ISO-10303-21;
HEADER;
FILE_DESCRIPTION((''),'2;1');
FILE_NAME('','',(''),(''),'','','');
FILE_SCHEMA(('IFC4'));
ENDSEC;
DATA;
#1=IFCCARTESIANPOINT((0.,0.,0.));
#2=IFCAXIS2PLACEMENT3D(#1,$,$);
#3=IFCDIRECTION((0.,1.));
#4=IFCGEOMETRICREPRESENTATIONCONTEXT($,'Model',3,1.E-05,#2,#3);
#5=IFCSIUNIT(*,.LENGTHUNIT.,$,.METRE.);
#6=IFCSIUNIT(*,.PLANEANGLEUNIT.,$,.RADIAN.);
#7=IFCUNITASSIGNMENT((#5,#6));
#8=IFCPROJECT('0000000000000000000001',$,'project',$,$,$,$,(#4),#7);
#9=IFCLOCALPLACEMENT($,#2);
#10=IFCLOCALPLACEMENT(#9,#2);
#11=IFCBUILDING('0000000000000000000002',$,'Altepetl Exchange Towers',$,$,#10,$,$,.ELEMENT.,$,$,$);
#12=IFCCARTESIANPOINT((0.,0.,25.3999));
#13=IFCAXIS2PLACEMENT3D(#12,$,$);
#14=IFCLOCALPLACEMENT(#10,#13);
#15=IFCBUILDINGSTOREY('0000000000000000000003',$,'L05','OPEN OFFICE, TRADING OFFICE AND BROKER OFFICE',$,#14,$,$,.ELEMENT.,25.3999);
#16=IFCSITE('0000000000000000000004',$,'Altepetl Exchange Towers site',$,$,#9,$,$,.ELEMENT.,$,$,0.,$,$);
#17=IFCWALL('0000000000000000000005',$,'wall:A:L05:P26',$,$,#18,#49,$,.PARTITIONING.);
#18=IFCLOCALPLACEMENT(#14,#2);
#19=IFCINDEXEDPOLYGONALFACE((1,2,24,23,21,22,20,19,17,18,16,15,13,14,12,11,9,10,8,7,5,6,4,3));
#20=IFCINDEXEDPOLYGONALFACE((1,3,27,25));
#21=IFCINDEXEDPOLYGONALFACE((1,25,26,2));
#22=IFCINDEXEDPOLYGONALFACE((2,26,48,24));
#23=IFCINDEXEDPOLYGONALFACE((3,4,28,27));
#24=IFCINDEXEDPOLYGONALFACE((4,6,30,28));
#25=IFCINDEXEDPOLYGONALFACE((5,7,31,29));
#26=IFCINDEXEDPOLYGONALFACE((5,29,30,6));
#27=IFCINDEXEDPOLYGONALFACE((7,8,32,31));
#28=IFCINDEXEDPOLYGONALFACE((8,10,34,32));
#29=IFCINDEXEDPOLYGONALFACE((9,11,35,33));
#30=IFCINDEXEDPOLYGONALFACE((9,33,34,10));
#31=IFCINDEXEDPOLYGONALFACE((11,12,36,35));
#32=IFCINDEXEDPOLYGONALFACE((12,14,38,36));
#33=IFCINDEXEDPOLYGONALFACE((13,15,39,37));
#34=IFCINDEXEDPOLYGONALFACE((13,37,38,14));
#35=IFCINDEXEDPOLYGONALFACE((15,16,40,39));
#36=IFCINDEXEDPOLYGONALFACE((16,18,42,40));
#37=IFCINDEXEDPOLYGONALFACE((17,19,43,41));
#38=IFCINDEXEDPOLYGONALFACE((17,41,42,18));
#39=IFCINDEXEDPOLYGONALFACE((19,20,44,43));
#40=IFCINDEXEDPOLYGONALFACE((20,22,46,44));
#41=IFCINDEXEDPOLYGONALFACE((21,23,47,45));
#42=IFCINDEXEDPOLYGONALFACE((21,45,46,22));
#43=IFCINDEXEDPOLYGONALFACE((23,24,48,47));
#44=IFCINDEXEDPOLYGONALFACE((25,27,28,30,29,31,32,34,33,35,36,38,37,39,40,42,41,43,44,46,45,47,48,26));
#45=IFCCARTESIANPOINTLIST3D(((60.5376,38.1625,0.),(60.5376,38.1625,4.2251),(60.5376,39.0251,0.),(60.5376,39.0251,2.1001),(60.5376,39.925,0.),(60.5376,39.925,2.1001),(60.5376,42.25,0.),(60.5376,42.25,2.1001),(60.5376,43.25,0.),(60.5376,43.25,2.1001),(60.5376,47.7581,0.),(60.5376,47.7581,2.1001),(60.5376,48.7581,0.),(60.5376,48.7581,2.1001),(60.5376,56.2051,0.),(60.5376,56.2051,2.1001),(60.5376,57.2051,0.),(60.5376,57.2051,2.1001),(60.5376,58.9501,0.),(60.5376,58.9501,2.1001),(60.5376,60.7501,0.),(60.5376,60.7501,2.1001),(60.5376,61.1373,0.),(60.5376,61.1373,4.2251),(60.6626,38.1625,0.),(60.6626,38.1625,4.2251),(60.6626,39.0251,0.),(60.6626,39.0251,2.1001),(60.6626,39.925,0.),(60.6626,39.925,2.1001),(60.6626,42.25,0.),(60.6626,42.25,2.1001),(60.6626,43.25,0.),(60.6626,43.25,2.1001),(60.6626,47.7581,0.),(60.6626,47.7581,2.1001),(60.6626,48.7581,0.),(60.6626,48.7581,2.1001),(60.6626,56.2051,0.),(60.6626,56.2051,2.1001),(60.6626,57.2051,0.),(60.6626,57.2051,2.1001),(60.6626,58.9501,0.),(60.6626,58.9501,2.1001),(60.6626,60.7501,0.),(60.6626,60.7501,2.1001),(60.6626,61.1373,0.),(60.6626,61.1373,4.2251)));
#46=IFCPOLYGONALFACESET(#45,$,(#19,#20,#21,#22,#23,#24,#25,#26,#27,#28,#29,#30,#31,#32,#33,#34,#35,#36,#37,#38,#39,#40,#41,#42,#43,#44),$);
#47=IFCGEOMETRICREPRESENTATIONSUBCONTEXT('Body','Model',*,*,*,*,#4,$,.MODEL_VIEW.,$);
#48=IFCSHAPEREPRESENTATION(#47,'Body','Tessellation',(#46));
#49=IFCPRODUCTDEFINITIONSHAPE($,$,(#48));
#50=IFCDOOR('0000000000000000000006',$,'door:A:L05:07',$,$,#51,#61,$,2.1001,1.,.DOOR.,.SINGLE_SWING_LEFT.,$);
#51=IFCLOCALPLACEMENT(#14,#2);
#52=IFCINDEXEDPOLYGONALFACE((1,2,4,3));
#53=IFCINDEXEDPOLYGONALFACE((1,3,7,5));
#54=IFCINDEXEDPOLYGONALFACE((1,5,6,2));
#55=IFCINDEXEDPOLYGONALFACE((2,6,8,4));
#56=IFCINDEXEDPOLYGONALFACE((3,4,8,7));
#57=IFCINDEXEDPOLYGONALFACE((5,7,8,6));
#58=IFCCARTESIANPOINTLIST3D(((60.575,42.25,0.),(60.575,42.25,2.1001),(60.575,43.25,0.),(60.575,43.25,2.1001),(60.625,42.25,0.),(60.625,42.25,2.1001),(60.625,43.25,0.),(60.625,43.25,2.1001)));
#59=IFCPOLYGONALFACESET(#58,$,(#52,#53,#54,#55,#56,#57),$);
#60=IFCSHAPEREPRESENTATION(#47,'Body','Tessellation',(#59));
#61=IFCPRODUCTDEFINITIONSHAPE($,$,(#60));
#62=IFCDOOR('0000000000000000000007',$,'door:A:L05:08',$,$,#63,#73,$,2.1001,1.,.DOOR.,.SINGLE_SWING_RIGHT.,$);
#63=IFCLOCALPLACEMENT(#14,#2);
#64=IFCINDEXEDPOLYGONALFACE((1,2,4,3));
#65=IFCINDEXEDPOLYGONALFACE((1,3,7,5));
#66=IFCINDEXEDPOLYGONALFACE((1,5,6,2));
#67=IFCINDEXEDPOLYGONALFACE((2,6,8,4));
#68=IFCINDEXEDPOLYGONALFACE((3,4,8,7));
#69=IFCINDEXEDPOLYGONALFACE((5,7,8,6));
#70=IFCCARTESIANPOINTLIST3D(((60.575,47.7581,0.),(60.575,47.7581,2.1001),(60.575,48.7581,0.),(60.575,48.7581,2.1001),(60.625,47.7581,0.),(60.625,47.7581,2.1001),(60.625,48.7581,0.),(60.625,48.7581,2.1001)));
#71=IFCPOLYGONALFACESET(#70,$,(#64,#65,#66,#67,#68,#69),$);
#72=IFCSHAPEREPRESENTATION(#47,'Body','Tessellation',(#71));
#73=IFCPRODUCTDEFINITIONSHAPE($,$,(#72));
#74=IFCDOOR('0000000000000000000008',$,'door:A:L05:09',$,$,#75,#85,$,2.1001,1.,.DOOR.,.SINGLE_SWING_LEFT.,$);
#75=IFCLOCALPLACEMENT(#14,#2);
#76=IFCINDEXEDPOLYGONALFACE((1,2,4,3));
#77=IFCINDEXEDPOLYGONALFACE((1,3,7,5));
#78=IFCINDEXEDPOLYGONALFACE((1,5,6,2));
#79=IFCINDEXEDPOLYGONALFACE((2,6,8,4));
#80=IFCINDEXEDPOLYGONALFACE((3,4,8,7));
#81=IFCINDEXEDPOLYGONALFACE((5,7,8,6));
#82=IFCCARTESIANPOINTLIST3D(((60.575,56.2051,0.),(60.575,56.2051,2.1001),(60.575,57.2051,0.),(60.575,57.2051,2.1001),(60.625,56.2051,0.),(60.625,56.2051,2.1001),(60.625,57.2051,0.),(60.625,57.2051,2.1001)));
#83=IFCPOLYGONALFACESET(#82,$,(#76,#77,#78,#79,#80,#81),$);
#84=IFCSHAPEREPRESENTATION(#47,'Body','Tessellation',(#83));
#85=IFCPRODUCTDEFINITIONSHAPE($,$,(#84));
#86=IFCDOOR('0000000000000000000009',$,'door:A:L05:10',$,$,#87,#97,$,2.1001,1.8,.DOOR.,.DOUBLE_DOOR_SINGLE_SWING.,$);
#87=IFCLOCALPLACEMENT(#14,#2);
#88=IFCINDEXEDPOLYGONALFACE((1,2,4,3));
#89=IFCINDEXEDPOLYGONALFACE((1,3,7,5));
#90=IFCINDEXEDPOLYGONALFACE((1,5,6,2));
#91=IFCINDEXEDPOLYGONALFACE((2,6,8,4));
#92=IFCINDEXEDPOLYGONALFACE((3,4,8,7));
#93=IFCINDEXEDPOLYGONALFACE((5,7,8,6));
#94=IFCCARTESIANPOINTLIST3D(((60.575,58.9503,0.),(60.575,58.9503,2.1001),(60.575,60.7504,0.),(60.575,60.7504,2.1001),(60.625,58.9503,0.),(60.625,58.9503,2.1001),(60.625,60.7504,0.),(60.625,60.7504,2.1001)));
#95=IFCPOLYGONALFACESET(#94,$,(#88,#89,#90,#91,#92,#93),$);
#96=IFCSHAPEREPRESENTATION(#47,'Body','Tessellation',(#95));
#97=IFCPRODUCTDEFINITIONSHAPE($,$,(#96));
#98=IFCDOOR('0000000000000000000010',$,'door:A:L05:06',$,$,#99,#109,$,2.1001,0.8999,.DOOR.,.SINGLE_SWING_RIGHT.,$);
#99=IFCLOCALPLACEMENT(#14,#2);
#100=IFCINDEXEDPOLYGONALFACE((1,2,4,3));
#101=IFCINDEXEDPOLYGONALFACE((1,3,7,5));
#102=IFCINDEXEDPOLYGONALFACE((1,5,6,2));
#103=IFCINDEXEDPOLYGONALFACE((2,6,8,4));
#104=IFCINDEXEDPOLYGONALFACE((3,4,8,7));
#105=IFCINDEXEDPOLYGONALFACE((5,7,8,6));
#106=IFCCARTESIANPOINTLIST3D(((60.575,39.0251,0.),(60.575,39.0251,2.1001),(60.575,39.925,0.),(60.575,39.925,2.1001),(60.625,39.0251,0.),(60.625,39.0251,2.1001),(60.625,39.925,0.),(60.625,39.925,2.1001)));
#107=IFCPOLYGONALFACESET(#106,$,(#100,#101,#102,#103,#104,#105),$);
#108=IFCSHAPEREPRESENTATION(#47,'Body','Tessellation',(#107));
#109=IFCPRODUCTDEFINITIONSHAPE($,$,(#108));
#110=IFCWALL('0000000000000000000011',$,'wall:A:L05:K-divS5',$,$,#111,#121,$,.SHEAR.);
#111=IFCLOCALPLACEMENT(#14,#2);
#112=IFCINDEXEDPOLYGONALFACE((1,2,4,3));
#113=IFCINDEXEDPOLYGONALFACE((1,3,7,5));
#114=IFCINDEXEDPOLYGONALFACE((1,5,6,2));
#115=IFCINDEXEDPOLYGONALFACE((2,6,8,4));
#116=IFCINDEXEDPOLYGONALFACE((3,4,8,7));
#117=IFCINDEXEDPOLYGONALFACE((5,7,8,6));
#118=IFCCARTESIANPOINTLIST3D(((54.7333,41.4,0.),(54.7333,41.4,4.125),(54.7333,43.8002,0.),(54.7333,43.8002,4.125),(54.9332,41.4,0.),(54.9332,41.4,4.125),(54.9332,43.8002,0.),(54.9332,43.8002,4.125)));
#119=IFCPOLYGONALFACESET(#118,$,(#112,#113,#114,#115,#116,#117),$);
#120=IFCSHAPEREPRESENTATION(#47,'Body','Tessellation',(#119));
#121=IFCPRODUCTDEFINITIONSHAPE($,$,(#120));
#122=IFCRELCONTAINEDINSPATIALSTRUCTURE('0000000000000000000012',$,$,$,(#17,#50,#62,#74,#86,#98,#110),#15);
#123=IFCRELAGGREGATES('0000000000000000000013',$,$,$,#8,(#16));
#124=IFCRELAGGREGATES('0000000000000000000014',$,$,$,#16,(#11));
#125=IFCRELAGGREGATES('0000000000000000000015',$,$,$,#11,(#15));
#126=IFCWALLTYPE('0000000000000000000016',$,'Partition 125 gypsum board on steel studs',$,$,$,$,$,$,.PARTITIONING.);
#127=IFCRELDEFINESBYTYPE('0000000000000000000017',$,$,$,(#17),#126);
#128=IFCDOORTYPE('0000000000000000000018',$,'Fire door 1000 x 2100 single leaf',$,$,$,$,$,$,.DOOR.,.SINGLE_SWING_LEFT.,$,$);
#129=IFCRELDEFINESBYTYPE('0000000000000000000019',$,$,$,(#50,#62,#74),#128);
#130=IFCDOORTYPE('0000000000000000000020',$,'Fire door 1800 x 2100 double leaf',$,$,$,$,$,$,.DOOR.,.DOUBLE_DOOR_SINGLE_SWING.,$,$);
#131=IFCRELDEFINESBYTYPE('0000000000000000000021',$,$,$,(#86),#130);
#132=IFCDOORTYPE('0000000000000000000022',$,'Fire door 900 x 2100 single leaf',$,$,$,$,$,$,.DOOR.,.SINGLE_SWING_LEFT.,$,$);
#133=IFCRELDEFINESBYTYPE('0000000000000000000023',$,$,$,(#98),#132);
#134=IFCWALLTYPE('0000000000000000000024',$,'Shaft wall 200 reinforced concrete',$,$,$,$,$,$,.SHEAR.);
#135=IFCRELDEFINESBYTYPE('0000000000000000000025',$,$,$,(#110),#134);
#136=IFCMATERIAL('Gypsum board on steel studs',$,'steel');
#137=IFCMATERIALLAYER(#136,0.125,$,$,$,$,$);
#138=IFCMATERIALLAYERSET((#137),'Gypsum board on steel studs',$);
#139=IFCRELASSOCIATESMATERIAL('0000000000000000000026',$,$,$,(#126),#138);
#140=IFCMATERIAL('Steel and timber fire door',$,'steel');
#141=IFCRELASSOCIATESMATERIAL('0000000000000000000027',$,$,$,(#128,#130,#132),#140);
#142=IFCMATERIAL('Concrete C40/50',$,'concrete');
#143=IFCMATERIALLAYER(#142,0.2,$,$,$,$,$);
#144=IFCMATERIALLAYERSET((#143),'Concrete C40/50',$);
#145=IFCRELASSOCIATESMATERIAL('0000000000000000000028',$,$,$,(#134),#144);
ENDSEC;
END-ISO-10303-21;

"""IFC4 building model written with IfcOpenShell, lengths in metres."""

from ifc_helpers import new_model, si_unit, direction, frame, frame_2d, origin, place, context, subcontext, project, spatial, rectangle, extrude, material, layer, layer_set, type_object, element, fill, save


model = new_model("IFC4")

# Units and contexts
model_context = context("Model", 3, precision=1e-05, world=origin(), true_north=direction((0.0, 1.0)))
body_context = subcontext(model_context, "Body", "Model", "MODEL_VIEW")
ifc_project = project(units=[si_unit("LENGTHUNIT", "METRE"), si_unit("PLANEANGLEUNIT", "RADIAN")], contexts=[model_context])

# Site, building, storey
site_placement = place(None, origin())
site = spatial("IfcSite", under=ifc_project, at=site_placement, Name="Altepetl Exchange Towers site", CompositionType="ELEMENT", RefElevation=0.0)
building_placement = place(site_placement, origin())
building = spatial("IfcBuilding", under=site, at=building_placement, Name="Altepetl Exchange Towers", CompositionType="ELEMENT")
storey_placement = place(building_placement, frame((0.0, 0.0, 25.3999)))
storey = spatial("IfcBuildingStorey", under=building, at=storey_placement, Name="L05", Description="OPEN OFFICE, TRADING OFFICE AND BROKER OFFICE", CompositionType="ELEMENT", Elevation=25.3999)

# Shared definitions
ifc_material_1 = material(Name="Steel and timber fire door", Category="steel")

# Shared definitions
ifc_material_2 = material(Name="Gypsum board on steel studs", Category="steel")
ifc_layer_1 = layer(ifc_material_2, 0.125)
ifc_layer_set_1 = layer_set([ifc_layer_1], Name="Gypsum board on steel studs")
wall_type_1 = type_object("IfcWallType", Name="Partition 125 gypsum board on steel studs", PredefinedType="PARTITIONING", material=ifc_layer_set_1)

# Wall, openings, doors
wall_1_placement = place(storey_placement, frame((60.6001, 38.1626, 0.0), z_axis=(0.0, 0.0, 1.0), x_axis=(0.0, 1.0, 0.0)))
wall_1 = element("IfcWall", 1, at=wall_1_placement, inside=storey, type_object=wall_type_1, Name="wall:A:L05:P26", PredefinedType="PARTITIONING", context=body_context, shape_type="SweptSolid", body=[
    extrude(rectangle(XDim=22.9749, YDim=0.125, at=frame_2d((11.4873, 0.0))), origin(), (0.0, 0.0, 1.0), 4.2251),
])
opening_1_placement = place(wall_1_placement, frame((0.8625, 0.0, 0.0)))
opening_1 = element("IfcOpeningElement", 2, at=opening_1_placement, cuts=wall_1, PredefinedType="OPENING", context=body_context, shape_type="SweptSolid", body=[
    extrude(rectangle(XDim=0.8999, YDim=2.1001, at=frame_2d((0.45, 1.05))), frame((0.0, 0.0725, 0.0), z_axis=(0.0, -1.0, 0.0), x_axis=(1.0, 0.0, 0.0)), (0.0, 0.0, 1.0), 0.145),
])
opening_2_placement = place(wall_1_placement, frame((4.0874, 0.0, 0.0)))
opening_2 = element("IfcOpeningElement", 3, at=opening_2_placement, cuts=wall_1, PredefinedType="OPENING", context=body_context, shape_type="SweptSolid", body=[
    extrude(rectangle(XDim=1.0, YDim=2.1001, at=frame_2d((0.5, 1.05))), frame((0.0, 0.0725, 0.0), z_axis=(0.0, -1.0, 0.0), x_axis=(1.0, 0.0, 0.0)), (0.0, 0.0, 1.0), 0.145),
])
opening_3_placement = place(wall_1_placement, frame((9.5955, 0.0, 0.0)))
opening_3 = element("IfcOpeningElement", 4, at=opening_3_placement, cuts=wall_1, PredefinedType="OPENING", context=body_context, shape_type="SweptSolid", body=[
    extrude(rectangle(XDim=1.0, YDim=2.1001, at=frame_2d((0.5, 1.05))), frame((0.0, 0.0725, 0.0), z_axis=(0.0, -1.0, 0.0), x_axis=(1.0, 0.0, 0.0)), (0.0, 0.0, 1.0), 0.145),
])
opening_4_placement = place(wall_1_placement, frame((18.0425, 0.0, 0.0)))
opening_4 = element("IfcOpeningElement", 5, at=opening_4_placement, cuts=wall_1, PredefinedType="OPENING", context=body_context, shape_type="SweptSolid", body=[
    extrude(rectangle(XDim=1.0, YDim=2.1001, at=frame_2d((0.5, 1.05))), frame((0.0, 0.0725, 0.0), z_axis=(0.0, -1.0, 0.0), x_axis=(1.0, 0.0, 0.0)), (0.0, 0.0, 1.0), 0.145),
])
opening_5_placement = place(wall_1_placement, frame((20.7876, 0.0, 0.0)))
opening_5 = element("IfcOpeningElement", 6, at=opening_5_placement, cuts=wall_1, PredefinedType="OPENING", context=body_context, shape_type="SweptSolid", body=[
    extrude(rectangle(XDim=1.8, YDim=2.1001, at=frame_2d((0.8999, 1.05))), frame((0.0, 0.0725, 0.0), z_axis=(0.0, -1.0, 0.0), x_axis=(1.0, 0.0, 0.0)), (0.0, 0.0, 1.0), 0.145),
])
door_type_1 = type_object("IfcDoorType", Name="Fire door 1000 x 2100 single leaf", OperationType="SINGLE_SWING_LEFT", PredefinedType="DOOR", material=ifc_material_1)
door_1_placement = place(opening_2_placement, frame((1.0, 0.0, 0.0), x_axis=(-1.0, 0.0, 0.0)))
door_1 = element("IfcDoor", 7, at=door_1_placement, inside=storey, type_object=door_type_1, Name="door:A:L05:07", OperationType="SINGLE_SWING_LEFT", OverallHeight=2.1001, OverallWidth=1.0, PredefinedType="DOOR", context=body_context, shape_type="SweptSolid", body=[
    extrude(rectangle(XDim=1.0, YDim=2.1001, at=frame_2d((0.5, 1.05))), frame((0.0, 0.0249, 0.0), z_axis=(0.0, -1.0, 0.0), x_axis=(1.0, 0.0, 0.0)), (0.0, 0.0, 1.0), 0.05),
])
fill(opening_2, door_1)
door_2_placement = place(opening_3_placement, frame((1.0, 0.0, 0.0), x_axis=(-1.0, 0.0, 0.0)))
door_2 = element("IfcDoor", 8, at=door_2_placement, inside=storey, type_object=door_type_1, Name="door:A:L05:08", OperationType="SINGLE_SWING_RIGHT", OverallHeight=2.1001, OverallWidth=1.0, PredefinedType="DOOR", context=body_context, shape_type="SweptSolid", body=[
    extrude(rectangle(XDim=1.0, YDim=2.1001, at=frame_2d((0.5, 1.05))), frame((0.0, 0.0249, 0.0), z_axis=(0.0, -1.0, 0.0), x_axis=(1.0, 0.0, 0.0)), (0.0, 0.0, 1.0), 0.05),
])
fill(opening_3, door_2)
door_3_placement = place(opening_4_placement, frame((1.0, 0.0, 0.0), x_axis=(-1.0, 0.0, 0.0)))
door_3 = element("IfcDoor", 9, at=door_3_placement, inside=storey, type_object=door_type_1, Name="door:A:L05:09", OperationType="SINGLE_SWING_LEFT", OverallHeight=2.1001, OverallWidth=1.0, PredefinedType="DOOR", context=body_context, shape_type="SweptSolid", body=[
    extrude(rectangle(XDim=1.0, YDim=2.1001, at=frame_2d((0.5, 1.05))), frame((0.0, 0.0249, 0.0), z_axis=(0.0, -1.0, 0.0), x_axis=(1.0, 0.0, 0.0)), (0.0, 0.0, 1.0), 0.05),
])
fill(opening_4, door_3)
door_type_2 = type_object("IfcDoorType", Name="Fire door 1800 x 2100 double leaf", OperationType="DOUBLE_DOOR_SINGLE_SWING", PredefinedType="DOOR", material=ifc_material_1)
door_4_placement = place(opening_5_placement, frame((1.8, 0.0, 0.0), x_axis=(-1.0, 0.0, 0.0)))
door_4 = element("IfcDoor", 10, at=door_4_placement, inside=storey, type_object=door_type_2, Name="door:A:L05:10", OperationType="DOUBLE_DOOR_SINGLE_SWING", OverallHeight=2.1001, OverallWidth=1.8, PredefinedType="DOOR", context=body_context, shape_type="SweptSolid", body=[
    extrude(rectangle(XDim=1.8, YDim=2.1001, at=frame_2d((0.8999, 1.05))), frame((0.0, 0.0249, 0.0), z_axis=(0.0, -1.0, 0.0), x_axis=(1.0, 0.0, 0.0)), (0.0, 0.0, 1.0), 0.05),
])
fill(opening_5, door_4)
door_type_3 = type_object("IfcDoorType", Name="Fire door 900 x 2100 single leaf", OperationType="SINGLE_SWING_LEFT", PredefinedType="DOOR", material=ifc_material_1)
door_5_placement = place(opening_1_placement, frame((0.8999, 0.0, 0.0), x_axis=(-1.0, 0.0, 0.0)))
door_5 = element("IfcDoor", 11, at=door_5_placement, inside=storey, type_object=door_type_3, Name="door:A:L05:06", OperationType="SINGLE_SWING_RIGHT", OverallHeight=2.1001, OverallWidth=0.8999, PredefinedType="DOOR", context=body_context, shape_type="SweptSolid", body=[
    extrude(rectangle(XDim=0.8999, YDim=2.1001, at=frame_2d((0.45, 1.05))), frame((0.0, 0.0249, 0.0), z_axis=(0.0, -1.0, 0.0), x_axis=(1.0, 0.0, 0.0)), (0.0, 0.0, 1.0), 0.05),
])
fill(opening_1, door_5)

# Wall
ifc_material_3 = material(Name="Concrete C40/50", Category="concrete")
ifc_layer_2 = layer(ifc_material_3, 0.2)
ifc_layer_set_2 = layer_set([ifc_layer_2], Name="Concrete C40/50")
wall_type_2 = type_object("IfcWallType", Name="Shaft wall 200 reinforced concrete", PredefinedType="SHEAR", material=ifc_layer_set_2)
wall_2_placement = place(storey_placement, frame((54.8333, 41.3999, 0.0), z_axis=(0.0, 0.0, 1.0), x_axis=(0.0, 1.0, 0.0)))
element("IfcWall", 12, at=wall_2_placement, inside=storey, type_object=wall_type_2, Name="wall:A:L05:K-divS5", PredefinedType="SHEAR", context=body_context, shape_type="SweptSolid", body=[
    extrude(rectangle(XDim=2.4001, YDim=0.2, at=frame_2d((1.2002, 0.0))), origin(), (0.0, 0.0, 1.0), 4.125),
])

save(model, "model.ifc")
